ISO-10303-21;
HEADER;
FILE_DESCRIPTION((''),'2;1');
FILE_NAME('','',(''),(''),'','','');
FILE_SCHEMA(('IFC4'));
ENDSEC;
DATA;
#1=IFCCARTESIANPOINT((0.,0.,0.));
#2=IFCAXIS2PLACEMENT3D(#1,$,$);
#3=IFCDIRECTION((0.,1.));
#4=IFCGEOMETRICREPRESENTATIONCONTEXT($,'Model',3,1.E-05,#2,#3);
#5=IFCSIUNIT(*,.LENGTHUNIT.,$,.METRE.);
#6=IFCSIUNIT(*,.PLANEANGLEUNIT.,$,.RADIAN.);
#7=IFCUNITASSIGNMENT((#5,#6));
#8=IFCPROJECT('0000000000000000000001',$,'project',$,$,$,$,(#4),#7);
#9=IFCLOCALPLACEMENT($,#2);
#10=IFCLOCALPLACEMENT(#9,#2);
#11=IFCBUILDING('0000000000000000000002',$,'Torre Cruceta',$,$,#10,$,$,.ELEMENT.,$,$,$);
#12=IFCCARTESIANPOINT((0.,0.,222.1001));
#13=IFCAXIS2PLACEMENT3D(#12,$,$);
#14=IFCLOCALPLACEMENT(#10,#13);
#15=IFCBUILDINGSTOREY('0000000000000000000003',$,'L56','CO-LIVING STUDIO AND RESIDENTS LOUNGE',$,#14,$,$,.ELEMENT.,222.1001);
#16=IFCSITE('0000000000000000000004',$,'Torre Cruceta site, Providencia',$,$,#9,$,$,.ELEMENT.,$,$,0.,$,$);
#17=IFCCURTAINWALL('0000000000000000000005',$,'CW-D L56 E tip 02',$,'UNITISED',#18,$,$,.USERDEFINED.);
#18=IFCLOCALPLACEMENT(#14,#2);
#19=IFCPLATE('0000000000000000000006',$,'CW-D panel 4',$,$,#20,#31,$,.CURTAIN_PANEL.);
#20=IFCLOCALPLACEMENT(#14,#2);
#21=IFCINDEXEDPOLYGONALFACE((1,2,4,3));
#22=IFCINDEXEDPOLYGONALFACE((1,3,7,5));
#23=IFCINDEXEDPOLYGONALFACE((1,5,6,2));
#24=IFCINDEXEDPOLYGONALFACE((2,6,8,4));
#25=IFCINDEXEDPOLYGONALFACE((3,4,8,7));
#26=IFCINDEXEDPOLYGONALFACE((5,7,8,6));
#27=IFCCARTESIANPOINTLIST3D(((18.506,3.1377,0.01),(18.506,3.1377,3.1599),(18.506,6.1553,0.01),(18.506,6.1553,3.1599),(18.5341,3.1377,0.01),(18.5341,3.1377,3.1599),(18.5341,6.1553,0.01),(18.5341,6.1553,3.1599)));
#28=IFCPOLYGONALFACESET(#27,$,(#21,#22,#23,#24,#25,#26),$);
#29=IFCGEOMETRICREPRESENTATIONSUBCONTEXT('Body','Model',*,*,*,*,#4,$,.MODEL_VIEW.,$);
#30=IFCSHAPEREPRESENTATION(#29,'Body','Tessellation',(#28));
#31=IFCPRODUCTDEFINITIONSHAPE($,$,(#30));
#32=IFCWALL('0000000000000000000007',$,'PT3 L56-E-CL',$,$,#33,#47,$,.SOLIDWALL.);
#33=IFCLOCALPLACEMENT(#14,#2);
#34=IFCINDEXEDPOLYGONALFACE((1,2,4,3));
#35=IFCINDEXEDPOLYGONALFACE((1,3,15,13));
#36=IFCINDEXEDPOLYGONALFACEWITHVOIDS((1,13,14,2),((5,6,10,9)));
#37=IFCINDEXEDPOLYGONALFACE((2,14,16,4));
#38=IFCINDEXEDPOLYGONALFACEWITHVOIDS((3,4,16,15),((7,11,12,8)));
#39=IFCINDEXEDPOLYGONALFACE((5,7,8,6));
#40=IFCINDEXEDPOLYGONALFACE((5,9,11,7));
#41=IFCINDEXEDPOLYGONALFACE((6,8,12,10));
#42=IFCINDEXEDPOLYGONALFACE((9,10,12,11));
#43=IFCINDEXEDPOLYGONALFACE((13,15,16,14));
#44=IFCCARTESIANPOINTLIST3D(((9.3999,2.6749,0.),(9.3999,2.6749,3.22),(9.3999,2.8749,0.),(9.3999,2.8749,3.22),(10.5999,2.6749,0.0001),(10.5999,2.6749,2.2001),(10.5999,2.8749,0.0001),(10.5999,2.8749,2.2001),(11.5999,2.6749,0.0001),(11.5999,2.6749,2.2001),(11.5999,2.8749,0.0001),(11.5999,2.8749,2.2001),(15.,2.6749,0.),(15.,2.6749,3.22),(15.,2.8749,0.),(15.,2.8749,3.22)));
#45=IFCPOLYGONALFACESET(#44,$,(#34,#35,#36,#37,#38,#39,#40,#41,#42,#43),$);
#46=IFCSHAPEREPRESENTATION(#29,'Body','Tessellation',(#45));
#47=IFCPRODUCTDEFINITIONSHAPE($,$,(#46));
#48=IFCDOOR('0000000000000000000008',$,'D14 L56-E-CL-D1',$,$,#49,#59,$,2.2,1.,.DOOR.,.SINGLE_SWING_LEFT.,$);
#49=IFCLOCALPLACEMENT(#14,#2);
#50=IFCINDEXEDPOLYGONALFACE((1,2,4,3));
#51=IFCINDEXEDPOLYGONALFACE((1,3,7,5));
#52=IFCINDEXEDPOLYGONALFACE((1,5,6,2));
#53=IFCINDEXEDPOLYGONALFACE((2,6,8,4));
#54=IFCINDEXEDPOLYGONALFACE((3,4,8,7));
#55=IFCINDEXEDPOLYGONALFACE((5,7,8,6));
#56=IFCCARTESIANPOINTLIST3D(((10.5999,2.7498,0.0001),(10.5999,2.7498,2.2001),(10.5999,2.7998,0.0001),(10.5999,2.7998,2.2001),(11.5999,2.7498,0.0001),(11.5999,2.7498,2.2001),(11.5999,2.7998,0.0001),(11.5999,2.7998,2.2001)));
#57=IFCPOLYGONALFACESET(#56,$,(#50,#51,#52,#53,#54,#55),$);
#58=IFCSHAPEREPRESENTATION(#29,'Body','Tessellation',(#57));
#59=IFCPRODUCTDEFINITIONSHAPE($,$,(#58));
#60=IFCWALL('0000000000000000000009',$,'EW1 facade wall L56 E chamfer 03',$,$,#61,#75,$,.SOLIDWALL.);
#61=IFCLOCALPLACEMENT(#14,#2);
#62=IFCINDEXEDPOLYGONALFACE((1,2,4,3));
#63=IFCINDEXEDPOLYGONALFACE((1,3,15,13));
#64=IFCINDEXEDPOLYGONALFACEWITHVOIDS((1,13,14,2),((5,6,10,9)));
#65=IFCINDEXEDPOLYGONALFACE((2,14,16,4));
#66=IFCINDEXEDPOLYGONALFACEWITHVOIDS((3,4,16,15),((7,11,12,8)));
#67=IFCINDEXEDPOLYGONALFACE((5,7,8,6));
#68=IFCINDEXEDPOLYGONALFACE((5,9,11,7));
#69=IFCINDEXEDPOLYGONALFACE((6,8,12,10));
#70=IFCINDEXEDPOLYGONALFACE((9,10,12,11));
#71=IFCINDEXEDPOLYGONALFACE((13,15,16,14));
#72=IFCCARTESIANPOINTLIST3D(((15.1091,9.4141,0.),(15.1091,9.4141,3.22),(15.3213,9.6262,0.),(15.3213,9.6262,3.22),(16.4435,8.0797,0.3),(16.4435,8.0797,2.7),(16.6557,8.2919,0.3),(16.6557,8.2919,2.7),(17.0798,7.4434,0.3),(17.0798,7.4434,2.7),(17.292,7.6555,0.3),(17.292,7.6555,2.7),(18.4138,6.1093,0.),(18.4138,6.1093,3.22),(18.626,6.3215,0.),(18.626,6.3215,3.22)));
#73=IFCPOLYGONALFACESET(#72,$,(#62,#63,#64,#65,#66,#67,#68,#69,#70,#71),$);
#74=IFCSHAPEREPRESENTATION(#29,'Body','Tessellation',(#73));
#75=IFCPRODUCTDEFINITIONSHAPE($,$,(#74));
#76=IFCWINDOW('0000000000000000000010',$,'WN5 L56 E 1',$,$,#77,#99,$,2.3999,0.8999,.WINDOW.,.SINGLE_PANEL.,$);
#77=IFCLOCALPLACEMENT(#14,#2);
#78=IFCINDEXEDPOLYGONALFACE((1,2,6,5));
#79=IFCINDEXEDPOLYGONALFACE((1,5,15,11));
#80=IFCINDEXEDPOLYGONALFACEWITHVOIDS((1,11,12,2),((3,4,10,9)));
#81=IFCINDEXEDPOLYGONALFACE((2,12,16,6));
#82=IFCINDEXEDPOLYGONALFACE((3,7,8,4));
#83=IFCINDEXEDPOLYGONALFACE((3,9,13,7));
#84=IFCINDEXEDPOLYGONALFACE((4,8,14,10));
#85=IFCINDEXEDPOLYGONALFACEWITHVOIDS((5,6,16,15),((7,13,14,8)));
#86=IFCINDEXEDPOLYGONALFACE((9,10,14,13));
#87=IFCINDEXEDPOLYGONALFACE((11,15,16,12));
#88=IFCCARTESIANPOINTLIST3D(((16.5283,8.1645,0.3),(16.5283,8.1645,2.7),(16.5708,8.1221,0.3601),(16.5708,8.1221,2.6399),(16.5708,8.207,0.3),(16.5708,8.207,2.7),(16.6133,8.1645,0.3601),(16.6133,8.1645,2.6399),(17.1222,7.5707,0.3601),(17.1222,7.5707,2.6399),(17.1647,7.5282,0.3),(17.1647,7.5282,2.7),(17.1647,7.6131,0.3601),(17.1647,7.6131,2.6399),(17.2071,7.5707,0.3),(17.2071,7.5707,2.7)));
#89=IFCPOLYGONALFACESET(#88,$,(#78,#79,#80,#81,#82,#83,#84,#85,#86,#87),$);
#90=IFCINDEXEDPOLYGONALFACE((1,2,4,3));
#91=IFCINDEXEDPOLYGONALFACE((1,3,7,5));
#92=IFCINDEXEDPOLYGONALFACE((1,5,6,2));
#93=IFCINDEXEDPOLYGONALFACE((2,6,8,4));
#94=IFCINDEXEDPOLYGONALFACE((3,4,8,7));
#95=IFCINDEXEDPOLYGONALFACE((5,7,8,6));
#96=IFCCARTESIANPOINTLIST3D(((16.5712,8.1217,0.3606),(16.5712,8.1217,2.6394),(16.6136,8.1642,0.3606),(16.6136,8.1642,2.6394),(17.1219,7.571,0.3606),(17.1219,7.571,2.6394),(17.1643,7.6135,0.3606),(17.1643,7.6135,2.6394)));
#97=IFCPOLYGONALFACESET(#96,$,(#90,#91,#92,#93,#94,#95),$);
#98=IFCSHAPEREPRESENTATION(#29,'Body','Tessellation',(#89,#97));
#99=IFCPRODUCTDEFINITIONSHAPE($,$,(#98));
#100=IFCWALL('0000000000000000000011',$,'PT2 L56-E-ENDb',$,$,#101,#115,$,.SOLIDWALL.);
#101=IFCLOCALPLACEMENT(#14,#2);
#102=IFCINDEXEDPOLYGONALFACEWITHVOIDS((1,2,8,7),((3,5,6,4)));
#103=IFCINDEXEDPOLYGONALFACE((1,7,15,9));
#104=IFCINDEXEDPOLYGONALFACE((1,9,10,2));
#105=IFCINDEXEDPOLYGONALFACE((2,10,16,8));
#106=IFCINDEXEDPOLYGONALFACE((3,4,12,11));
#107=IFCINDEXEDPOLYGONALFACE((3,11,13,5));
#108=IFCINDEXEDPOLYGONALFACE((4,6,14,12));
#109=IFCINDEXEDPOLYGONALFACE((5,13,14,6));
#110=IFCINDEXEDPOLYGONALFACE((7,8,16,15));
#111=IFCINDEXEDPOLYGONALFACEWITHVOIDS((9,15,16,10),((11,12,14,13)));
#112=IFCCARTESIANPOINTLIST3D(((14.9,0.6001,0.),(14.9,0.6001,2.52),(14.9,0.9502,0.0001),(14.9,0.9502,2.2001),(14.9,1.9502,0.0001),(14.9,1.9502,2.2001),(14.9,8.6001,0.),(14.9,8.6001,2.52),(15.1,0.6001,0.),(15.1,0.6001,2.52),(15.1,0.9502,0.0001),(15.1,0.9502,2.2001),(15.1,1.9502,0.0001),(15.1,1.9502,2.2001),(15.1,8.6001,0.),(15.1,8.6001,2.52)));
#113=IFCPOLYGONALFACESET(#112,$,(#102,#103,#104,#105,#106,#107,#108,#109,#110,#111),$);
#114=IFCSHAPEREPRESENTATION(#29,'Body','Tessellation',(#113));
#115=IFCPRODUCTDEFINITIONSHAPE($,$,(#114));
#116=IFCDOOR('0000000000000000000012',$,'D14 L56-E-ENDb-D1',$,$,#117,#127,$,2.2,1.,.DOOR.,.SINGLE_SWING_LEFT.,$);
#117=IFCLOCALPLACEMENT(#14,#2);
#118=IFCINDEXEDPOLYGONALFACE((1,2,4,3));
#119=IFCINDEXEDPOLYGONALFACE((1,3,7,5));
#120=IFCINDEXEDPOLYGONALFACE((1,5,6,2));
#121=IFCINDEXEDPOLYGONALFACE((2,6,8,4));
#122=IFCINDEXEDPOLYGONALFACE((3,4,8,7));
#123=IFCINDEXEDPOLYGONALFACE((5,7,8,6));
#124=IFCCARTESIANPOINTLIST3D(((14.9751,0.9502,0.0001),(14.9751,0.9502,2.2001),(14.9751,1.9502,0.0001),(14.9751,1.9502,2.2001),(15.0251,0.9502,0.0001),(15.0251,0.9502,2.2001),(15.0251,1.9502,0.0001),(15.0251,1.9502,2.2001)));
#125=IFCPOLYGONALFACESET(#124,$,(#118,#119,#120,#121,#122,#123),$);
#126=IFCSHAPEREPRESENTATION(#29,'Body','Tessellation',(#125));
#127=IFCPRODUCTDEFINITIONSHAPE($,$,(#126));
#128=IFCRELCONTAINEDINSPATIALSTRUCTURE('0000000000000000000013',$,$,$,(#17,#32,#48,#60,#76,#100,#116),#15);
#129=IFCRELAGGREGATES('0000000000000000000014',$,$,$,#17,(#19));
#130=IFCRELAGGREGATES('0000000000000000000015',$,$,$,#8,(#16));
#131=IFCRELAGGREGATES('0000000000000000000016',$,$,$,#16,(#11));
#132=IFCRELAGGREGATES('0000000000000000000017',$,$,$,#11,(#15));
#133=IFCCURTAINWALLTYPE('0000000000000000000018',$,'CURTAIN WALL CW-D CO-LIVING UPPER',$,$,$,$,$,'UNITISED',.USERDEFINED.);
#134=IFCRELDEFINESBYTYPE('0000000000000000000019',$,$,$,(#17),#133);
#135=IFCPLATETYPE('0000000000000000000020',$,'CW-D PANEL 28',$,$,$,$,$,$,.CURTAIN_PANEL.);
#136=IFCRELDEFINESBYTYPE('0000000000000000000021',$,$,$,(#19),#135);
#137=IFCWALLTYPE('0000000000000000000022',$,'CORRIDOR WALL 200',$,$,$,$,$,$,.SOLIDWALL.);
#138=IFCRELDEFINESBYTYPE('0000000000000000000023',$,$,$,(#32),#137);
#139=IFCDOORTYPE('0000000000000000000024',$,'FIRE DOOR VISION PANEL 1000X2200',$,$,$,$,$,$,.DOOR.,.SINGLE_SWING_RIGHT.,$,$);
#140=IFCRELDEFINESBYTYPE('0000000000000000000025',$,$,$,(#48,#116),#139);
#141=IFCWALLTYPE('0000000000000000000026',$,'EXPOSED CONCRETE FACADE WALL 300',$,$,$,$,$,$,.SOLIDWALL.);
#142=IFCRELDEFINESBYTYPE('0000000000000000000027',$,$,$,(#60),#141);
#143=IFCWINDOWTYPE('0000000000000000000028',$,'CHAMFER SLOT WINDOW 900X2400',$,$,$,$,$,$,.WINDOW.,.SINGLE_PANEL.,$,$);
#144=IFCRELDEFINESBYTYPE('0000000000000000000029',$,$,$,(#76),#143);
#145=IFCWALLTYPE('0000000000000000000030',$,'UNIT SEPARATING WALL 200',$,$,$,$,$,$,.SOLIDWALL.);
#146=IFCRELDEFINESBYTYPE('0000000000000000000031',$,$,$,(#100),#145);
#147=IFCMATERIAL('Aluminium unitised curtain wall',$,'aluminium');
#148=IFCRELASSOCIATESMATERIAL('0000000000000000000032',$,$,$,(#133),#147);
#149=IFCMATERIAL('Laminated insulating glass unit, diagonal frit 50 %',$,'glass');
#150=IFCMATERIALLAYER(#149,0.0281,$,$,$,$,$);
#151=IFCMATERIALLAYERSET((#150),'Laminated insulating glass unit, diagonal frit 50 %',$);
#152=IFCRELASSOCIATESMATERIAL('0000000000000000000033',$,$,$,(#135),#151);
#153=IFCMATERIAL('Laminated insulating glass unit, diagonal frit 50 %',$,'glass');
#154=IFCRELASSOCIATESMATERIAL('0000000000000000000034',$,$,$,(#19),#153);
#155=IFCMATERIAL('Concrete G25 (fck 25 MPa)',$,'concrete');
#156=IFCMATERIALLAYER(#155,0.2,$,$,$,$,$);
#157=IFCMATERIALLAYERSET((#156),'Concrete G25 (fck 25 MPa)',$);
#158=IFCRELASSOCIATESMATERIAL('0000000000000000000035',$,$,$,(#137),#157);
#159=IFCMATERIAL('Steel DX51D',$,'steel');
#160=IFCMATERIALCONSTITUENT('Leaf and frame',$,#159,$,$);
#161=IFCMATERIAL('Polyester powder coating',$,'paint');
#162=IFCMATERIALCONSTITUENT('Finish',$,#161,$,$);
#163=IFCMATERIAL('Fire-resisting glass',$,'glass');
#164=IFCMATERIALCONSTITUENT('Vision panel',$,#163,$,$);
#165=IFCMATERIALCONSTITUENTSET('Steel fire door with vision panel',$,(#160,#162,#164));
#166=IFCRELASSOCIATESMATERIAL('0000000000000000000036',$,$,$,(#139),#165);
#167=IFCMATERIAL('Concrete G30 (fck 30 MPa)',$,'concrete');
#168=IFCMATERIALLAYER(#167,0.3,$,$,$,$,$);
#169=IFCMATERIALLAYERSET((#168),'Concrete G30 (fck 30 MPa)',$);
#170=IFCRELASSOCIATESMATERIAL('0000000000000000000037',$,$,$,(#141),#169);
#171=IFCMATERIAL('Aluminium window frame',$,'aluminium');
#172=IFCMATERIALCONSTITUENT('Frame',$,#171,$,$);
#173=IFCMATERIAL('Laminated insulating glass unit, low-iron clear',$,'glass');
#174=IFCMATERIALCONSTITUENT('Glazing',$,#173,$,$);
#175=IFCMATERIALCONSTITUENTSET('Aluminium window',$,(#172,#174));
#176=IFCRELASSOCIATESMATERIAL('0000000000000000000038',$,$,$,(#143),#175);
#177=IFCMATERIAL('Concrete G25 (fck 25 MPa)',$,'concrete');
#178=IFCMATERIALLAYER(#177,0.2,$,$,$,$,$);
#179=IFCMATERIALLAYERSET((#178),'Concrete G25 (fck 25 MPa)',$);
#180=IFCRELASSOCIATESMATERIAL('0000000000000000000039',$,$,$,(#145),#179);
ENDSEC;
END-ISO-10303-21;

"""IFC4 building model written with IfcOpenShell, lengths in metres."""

from ifc_helpers import new_model, si_unit, direction, frame, frame_2d, origin, origin_2d, place, context, subcontext, project, spatial, rectangle, hollow_rectangle, extrude, material, layer, layer_set, constituent, constituent_set, type_object, element, fill, aggregate, save


model = new_model("IFC4")

# Units and contexts
model_context = context("Model", 3, precision=1e-05, world=origin(), true_north=direction((0.0, 1.0)))
body_context = subcontext(model_context, "Body", "Model", "MODEL_VIEW")
ifc_project = project(units=[si_unit("LENGTHUNIT", "METRE"), si_unit("PLANEANGLEUNIT", "RADIAN")], contexts=[model_context])

# Site, building, storey
site_placement = place(None, origin())
site = spatial("IfcSite", under=ifc_project, at=site_placement, Name="Torre Cruceta site, Providencia", CompositionType="ELEMENT", RefElevation=0.0)
building_placement = place(site_placement, origin())
building = spatial("IfcBuilding", under=site, at=building_placement, Name="Torre Cruceta", CompositionType="ELEMENT")
storey_placement = place(building_placement, frame((0.0, 0.0, 222.1001)))
storey = spatial("IfcBuildingStorey", under=building, at=storey_placement, Name="L56", Description="CO-LIVING STUDIO AND RESIDENTS LOUNGE", CompositionType="ELEMENT", Elevation=222.1001)

# Curtain wall
ifc_material_1 = material(Name="Aluminium unitised curtain wall", Category="aluminium")
curtain_wall_type = type_object("IfcCurtainWallType", Name="CURTAIN WALL CW-D CO-LIVING UPPER", ElementType="UNITISED", PredefinedType="USERDEFINED", material=ifc_material_1)
curtain_wall_placement = place(storey_placement, origin())
curtain_wall = element("IfcCurtainWall", 1, at=curtain_wall_placement, inside=storey, type_object=curtain_wall_type, Name="CW-D L56 E tip 02", ObjectType="UNITISED", PredefinedType="USERDEFINED")

# Plate
ifc_material_2 = material(Name="Laminated insulating glass unit, diagonal frit 50 %", Category="glass")
ifc_material_3 = material(Name="Laminated insulating glass unit, diagonal frit 50 %", Category="glass")
ifc_layer_1 = layer(ifc_material_3, 0.0281)
ifc_layer_set_1 = layer_set([ifc_layer_1], Name="Laminated insulating glass unit, diagonal frit 50 %")
plate_type = type_object("IfcPlateType", Name="CW-D PANEL 28", PredefinedType="CURTAIN_PANEL", material=ifc_layer_set_1)
plate_1_placement = place(storey_placement, frame((18.52, 4.6465, 0.01), z_axis=(0.0, 0.0, 1.0), x_axis=(0.0, 1.0, 0.0)))
plate_1 = element("IfcPlate", 2, at=plate_1_placement, type_object=plate_type, material=ifc_material_2, Name="CW-D panel 4", PredefinedType="CURTAIN_PANEL", context=body_context, shape_type="SweptSolid", body=[
    extrude(rectangle(XDim=3.0176, YDim=0.0281, at=origin_2d()), origin(), (0.0, 0.0, 1.0), 3.1499),
])
aggregate(curtain_wall, [plate_1])

# Wall, opening, door
ifc_material_4 = material(Name="Concrete G25 (fck 25 MPa)", Category="concrete")
ifc_layer_2 = layer(ifc_material_4, 0.2)
ifc_layer_set_2 = layer_set([ifc_layer_2], Name="Concrete G25 (fck 25 MPa)")
wall_type_1 = type_object("IfcWallType", Name="CORRIDOR WALL 200", PredefinedType="SOLIDWALL", material=ifc_layer_set_2)
wall_1_placement = place(storey_placement, frame((9.3999, 2.7749, 0.0), z_axis=(0.0, 0.0, 1.0), x_axis=(1.0, 0.0, 0.0)))
wall_1 = element("IfcWall", 3, at=wall_1_placement, inside=storey, type_object=wall_type_1, Name="PT3 L56-E-CL", PredefinedType="SOLIDWALL", context=body_context, shape_type="SweptSolid", body=[
    extrude(rectangle(XDim=5.6001, YDim=0.2, at=frame_2d((2.8, 0.0))), origin(), (0.0, 0.0, 1.0), 3.22),
])
opening_1_placement = place(wall_1_placement, frame((1.2, 0.0, 0.0)))
opening_1 = element("IfcOpeningElement", 4, at=opening_1_placement, cuts=wall_1, PredefinedType="OPENING", context=body_context, shape_type="SweptSolid", body=[
    extrude(rectangle(XDim=1.0, YDim=2.2, at=frame_2d((0.5, 1.1001))), frame((0.0, 0.1099, 0.0), z_axis=(0.0, -1.0, 0.0), x_axis=(1.0, 0.0, 0.0)), (0.0, 0.0, 1.0), 0.22),
])
ifc_material_5 = material(Name="Steel DX51D", Category="steel")
ifc_constituent_1 = constituent(ifc_material_5, Name="Leaf and frame")
ifc_material_6 = material(Name="Polyester powder coating", Category="paint")
ifc_constituent_2 = constituent(ifc_material_6, Name="Finish")
ifc_material_7 = material(Name="Fire-resisting glass", Category="glass")
ifc_constituent_3 = constituent(ifc_material_7, Name="Vision panel")
ifc_constituent_set_1 = constituent_set(constituents=[ifc_constituent_1, ifc_constituent_2, ifc_constituent_3], Name="Steel fire door with vision panel")
door_type_1 = type_object("IfcDoorType", Name="FIRE DOOR VISION PANEL 1000X2200", OperationType="SINGLE_SWING_RIGHT", PredefinedType="DOOR", material=ifc_constituent_set_1)
door_1_placement = place(opening_1_placement, origin())
door_1 = element("IfcDoor", 5, at=door_1_placement, inside=storey, type_object=door_type_1, Name="D14 L56-E-CL-D1", OperationType="SINGLE_SWING_LEFT", OverallHeight=2.2, OverallWidth=1.0, PredefinedType="DOOR", context=body_context, shape_type="SweptSolid", body=[
    extrude(rectangle(XDim=1.0, YDim=2.2, at=frame_2d((0.5, 1.1001))), frame((0.0, 0.0249, 0.0), z_axis=(0.0, -1.0, 0.0), x_axis=(1.0, 0.0, 0.0)), (0.0, 0.0, 1.0), 0.05),
])
fill(opening_1, door_1)

# Wall, opening, window
ifc_material_8 = material(Name="Concrete G30 (fck 30 MPa)", Category="concrete")
ifc_layer_3 = layer(ifc_material_8, 0.3)
ifc_layer_set_3 = layer_set([ifc_layer_3], Name="Concrete G30 (fck 30 MPa)")
wall_type_2 = type_object("IfcWallType", Name="EXPOSED CONCRETE FACADE WALL 300", PredefinedType="SOLIDWALL", material=ifc_layer_set_3)
wall_2_placement = place(storey_placement, frame((18.52, 6.2153, 0.0), z_axis=(0.0, 0.0, 1.0), x_axis=(-0.707107, 0.707107, 0.0)))
wall_2 = element("IfcWall", 6, at=wall_2_placement, inside=storey, type_object=wall_type_2, Name="EW1 facade wall L56 E chamfer 03", PredefinedType="SOLIDWALL", context=body_context, shape_type="SweptSolid", body=[
    extrude(rectangle(XDim=4.6736, YDim=0.3, at=frame_2d((2.3369, 0.0))), origin(), (0.0, 0.0, 1.0), 3.22),
])
opening_2_placement = place(wall_2_placement, frame((1.8867, 0.0, 0.3)))
opening_2 = element("IfcOpeningElement", 7, at=opening_2_placement, cuts=wall_2, PredefinedType="OPENING", context=body_context, shape_type="SweptSolid", body=[
    extrude(rectangle(XDim=0.8999, YDim=2.3999, at=frame_2d((0.45, 1.2))), frame((0.0, 0.1599, 0.0), z_axis=(0.0, -1.0, 0.0), x_axis=(1.0, 0.0, 0.0)), (0.0, 0.0, 1.0), 0.3201),
])
ifc_material_9 = material(Name="Aluminium window frame", Category="aluminium")
ifc_constituent_4 = constituent(ifc_material_9, Name="Frame")
ifc_material_10 = material(Name="Laminated insulating glass unit, low-iron clear", Category="glass")
ifc_constituent_5 = constituent(ifc_material_10, Name="Glazing")
ifc_constituent_set_2 = constituent_set(constituents=[ifc_constituent_4, ifc_constituent_5], Name="Aluminium window")
window_type = type_object("IfcWindowType", Name="CHAMFER SLOT WINDOW 900X2400", PartitioningType="SINGLE_PANEL", PredefinedType="WINDOW", material=ifc_constituent_set_2)
window_placement = place(opening_2_placement, origin())
window = element("IfcWindow", 8, at=window_placement, inside=storey, type_object=window_type, Name="WN5 L56 E 1", OverallHeight=2.3999, OverallWidth=0.8999, PartitioningType="SINGLE_PANEL", PredefinedType="WINDOW", context=body_context, shape_type="SweptSolid", body=[
    extrude(hollow_rectangle(XDim=0.8999, YDim=2.3999, WallThickness=0.0601, at=frame_2d((0.45, 1.2))), frame((0.0, 0.03, 0.0), z_axis=(0.0, -1.0, 0.0), x_axis=(1.0, 0.0, 0.0)), (0.0, 0.0, 1.0), 0.0601),
    extrude(rectangle(XDim=0.7788, YDim=2.2788, at=frame_2d((0.45, 1.2))), frame((0.0, 0.03, 0.0), z_axis=(0.0, -1.0, 0.0), x_axis=(1.0, 0.0, 0.0)), (0.0, 0.0, 1.0), 0.0601),
])
fill(opening_2, window)

# Wall, opening, door
ifc_material_11 = material(Name="Concrete G25 (fck 25 MPa)", Category="concrete")
ifc_layer_4 = layer(ifc_material_11, 0.2)
ifc_layer_set_4 = layer_set([ifc_layer_4], Name="Concrete G25 (fck 25 MPa)")
wall_type_3 = type_object("IfcWallType", Name="UNIT SEPARATING WALL 200", PredefinedType="SOLIDWALL", material=ifc_layer_set_4)
wall_3_placement = place(storey_placement, frame((15.0, 0.6001, 0.0), z_axis=(0.0, 0.0, 1.0), x_axis=(0.0, 1.0, 0.0)))
wall_3 = element("IfcWall", 9, at=wall_3_placement, inside=storey, type_object=wall_type_3, Name="PT2 L56-E-ENDb", PredefinedType="SOLIDWALL", context=body_context, shape_type="SweptSolid", body=[
    extrude(rectangle(XDim=8.0, YDim=0.2, at=frame_2d((4.0, 0.0))), origin(), (0.0, 0.0, 1.0), 2.52),
])
opening_3_placement = place(wall_3_placement, frame((0.3501, 0.0, 0.0)))
opening_3 = element("IfcOpeningElement", 10, at=opening_3_placement, cuts=wall_3, PredefinedType="OPENING", context=body_context, shape_type="SweptSolid", body=[
    extrude(rectangle(XDim=1.0, YDim=2.2, at=frame_2d((0.5, 1.1001))), frame((0.0, 0.1099, 0.0), z_axis=(0.0, -1.0, 0.0), x_axis=(1.0, 0.0, 0.0)), (0.0, 0.0, 1.0), 0.22),
])
door_2_placement = place(opening_3_placement, frame((1.0, 0.0, 0.0), z_axis=(0.0, 0.0, 1.0), x_axis=(-1.0, 0.0, 0.0)))
door_2 = element("IfcDoor", 11, at=door_2_placement, inside=storey, type_object=door_type_1, Name="D14 L56-E-ENDb-D1", OperationType="SINGLE_SWING_LEFT", OverallHeight=2.2, OverallWidth=1.0, PredefinedType="DOOR", context=body_context, shape_type="SweptSolid", body=[
    extrude(rectangle(XDim=1.0, YDim=2.2, at=frame_2d((0.5, 1.1001))), frame((0.0, 0.0251, 0.0), z_axis=(0.0, -1.0, 0.0), x_axis=(1.0, 0.0, 0.0)), (0.0, 0.0, 1.0), 0.05),
])
fill(opening_3, door_2)

save(model, "model.ifc")
